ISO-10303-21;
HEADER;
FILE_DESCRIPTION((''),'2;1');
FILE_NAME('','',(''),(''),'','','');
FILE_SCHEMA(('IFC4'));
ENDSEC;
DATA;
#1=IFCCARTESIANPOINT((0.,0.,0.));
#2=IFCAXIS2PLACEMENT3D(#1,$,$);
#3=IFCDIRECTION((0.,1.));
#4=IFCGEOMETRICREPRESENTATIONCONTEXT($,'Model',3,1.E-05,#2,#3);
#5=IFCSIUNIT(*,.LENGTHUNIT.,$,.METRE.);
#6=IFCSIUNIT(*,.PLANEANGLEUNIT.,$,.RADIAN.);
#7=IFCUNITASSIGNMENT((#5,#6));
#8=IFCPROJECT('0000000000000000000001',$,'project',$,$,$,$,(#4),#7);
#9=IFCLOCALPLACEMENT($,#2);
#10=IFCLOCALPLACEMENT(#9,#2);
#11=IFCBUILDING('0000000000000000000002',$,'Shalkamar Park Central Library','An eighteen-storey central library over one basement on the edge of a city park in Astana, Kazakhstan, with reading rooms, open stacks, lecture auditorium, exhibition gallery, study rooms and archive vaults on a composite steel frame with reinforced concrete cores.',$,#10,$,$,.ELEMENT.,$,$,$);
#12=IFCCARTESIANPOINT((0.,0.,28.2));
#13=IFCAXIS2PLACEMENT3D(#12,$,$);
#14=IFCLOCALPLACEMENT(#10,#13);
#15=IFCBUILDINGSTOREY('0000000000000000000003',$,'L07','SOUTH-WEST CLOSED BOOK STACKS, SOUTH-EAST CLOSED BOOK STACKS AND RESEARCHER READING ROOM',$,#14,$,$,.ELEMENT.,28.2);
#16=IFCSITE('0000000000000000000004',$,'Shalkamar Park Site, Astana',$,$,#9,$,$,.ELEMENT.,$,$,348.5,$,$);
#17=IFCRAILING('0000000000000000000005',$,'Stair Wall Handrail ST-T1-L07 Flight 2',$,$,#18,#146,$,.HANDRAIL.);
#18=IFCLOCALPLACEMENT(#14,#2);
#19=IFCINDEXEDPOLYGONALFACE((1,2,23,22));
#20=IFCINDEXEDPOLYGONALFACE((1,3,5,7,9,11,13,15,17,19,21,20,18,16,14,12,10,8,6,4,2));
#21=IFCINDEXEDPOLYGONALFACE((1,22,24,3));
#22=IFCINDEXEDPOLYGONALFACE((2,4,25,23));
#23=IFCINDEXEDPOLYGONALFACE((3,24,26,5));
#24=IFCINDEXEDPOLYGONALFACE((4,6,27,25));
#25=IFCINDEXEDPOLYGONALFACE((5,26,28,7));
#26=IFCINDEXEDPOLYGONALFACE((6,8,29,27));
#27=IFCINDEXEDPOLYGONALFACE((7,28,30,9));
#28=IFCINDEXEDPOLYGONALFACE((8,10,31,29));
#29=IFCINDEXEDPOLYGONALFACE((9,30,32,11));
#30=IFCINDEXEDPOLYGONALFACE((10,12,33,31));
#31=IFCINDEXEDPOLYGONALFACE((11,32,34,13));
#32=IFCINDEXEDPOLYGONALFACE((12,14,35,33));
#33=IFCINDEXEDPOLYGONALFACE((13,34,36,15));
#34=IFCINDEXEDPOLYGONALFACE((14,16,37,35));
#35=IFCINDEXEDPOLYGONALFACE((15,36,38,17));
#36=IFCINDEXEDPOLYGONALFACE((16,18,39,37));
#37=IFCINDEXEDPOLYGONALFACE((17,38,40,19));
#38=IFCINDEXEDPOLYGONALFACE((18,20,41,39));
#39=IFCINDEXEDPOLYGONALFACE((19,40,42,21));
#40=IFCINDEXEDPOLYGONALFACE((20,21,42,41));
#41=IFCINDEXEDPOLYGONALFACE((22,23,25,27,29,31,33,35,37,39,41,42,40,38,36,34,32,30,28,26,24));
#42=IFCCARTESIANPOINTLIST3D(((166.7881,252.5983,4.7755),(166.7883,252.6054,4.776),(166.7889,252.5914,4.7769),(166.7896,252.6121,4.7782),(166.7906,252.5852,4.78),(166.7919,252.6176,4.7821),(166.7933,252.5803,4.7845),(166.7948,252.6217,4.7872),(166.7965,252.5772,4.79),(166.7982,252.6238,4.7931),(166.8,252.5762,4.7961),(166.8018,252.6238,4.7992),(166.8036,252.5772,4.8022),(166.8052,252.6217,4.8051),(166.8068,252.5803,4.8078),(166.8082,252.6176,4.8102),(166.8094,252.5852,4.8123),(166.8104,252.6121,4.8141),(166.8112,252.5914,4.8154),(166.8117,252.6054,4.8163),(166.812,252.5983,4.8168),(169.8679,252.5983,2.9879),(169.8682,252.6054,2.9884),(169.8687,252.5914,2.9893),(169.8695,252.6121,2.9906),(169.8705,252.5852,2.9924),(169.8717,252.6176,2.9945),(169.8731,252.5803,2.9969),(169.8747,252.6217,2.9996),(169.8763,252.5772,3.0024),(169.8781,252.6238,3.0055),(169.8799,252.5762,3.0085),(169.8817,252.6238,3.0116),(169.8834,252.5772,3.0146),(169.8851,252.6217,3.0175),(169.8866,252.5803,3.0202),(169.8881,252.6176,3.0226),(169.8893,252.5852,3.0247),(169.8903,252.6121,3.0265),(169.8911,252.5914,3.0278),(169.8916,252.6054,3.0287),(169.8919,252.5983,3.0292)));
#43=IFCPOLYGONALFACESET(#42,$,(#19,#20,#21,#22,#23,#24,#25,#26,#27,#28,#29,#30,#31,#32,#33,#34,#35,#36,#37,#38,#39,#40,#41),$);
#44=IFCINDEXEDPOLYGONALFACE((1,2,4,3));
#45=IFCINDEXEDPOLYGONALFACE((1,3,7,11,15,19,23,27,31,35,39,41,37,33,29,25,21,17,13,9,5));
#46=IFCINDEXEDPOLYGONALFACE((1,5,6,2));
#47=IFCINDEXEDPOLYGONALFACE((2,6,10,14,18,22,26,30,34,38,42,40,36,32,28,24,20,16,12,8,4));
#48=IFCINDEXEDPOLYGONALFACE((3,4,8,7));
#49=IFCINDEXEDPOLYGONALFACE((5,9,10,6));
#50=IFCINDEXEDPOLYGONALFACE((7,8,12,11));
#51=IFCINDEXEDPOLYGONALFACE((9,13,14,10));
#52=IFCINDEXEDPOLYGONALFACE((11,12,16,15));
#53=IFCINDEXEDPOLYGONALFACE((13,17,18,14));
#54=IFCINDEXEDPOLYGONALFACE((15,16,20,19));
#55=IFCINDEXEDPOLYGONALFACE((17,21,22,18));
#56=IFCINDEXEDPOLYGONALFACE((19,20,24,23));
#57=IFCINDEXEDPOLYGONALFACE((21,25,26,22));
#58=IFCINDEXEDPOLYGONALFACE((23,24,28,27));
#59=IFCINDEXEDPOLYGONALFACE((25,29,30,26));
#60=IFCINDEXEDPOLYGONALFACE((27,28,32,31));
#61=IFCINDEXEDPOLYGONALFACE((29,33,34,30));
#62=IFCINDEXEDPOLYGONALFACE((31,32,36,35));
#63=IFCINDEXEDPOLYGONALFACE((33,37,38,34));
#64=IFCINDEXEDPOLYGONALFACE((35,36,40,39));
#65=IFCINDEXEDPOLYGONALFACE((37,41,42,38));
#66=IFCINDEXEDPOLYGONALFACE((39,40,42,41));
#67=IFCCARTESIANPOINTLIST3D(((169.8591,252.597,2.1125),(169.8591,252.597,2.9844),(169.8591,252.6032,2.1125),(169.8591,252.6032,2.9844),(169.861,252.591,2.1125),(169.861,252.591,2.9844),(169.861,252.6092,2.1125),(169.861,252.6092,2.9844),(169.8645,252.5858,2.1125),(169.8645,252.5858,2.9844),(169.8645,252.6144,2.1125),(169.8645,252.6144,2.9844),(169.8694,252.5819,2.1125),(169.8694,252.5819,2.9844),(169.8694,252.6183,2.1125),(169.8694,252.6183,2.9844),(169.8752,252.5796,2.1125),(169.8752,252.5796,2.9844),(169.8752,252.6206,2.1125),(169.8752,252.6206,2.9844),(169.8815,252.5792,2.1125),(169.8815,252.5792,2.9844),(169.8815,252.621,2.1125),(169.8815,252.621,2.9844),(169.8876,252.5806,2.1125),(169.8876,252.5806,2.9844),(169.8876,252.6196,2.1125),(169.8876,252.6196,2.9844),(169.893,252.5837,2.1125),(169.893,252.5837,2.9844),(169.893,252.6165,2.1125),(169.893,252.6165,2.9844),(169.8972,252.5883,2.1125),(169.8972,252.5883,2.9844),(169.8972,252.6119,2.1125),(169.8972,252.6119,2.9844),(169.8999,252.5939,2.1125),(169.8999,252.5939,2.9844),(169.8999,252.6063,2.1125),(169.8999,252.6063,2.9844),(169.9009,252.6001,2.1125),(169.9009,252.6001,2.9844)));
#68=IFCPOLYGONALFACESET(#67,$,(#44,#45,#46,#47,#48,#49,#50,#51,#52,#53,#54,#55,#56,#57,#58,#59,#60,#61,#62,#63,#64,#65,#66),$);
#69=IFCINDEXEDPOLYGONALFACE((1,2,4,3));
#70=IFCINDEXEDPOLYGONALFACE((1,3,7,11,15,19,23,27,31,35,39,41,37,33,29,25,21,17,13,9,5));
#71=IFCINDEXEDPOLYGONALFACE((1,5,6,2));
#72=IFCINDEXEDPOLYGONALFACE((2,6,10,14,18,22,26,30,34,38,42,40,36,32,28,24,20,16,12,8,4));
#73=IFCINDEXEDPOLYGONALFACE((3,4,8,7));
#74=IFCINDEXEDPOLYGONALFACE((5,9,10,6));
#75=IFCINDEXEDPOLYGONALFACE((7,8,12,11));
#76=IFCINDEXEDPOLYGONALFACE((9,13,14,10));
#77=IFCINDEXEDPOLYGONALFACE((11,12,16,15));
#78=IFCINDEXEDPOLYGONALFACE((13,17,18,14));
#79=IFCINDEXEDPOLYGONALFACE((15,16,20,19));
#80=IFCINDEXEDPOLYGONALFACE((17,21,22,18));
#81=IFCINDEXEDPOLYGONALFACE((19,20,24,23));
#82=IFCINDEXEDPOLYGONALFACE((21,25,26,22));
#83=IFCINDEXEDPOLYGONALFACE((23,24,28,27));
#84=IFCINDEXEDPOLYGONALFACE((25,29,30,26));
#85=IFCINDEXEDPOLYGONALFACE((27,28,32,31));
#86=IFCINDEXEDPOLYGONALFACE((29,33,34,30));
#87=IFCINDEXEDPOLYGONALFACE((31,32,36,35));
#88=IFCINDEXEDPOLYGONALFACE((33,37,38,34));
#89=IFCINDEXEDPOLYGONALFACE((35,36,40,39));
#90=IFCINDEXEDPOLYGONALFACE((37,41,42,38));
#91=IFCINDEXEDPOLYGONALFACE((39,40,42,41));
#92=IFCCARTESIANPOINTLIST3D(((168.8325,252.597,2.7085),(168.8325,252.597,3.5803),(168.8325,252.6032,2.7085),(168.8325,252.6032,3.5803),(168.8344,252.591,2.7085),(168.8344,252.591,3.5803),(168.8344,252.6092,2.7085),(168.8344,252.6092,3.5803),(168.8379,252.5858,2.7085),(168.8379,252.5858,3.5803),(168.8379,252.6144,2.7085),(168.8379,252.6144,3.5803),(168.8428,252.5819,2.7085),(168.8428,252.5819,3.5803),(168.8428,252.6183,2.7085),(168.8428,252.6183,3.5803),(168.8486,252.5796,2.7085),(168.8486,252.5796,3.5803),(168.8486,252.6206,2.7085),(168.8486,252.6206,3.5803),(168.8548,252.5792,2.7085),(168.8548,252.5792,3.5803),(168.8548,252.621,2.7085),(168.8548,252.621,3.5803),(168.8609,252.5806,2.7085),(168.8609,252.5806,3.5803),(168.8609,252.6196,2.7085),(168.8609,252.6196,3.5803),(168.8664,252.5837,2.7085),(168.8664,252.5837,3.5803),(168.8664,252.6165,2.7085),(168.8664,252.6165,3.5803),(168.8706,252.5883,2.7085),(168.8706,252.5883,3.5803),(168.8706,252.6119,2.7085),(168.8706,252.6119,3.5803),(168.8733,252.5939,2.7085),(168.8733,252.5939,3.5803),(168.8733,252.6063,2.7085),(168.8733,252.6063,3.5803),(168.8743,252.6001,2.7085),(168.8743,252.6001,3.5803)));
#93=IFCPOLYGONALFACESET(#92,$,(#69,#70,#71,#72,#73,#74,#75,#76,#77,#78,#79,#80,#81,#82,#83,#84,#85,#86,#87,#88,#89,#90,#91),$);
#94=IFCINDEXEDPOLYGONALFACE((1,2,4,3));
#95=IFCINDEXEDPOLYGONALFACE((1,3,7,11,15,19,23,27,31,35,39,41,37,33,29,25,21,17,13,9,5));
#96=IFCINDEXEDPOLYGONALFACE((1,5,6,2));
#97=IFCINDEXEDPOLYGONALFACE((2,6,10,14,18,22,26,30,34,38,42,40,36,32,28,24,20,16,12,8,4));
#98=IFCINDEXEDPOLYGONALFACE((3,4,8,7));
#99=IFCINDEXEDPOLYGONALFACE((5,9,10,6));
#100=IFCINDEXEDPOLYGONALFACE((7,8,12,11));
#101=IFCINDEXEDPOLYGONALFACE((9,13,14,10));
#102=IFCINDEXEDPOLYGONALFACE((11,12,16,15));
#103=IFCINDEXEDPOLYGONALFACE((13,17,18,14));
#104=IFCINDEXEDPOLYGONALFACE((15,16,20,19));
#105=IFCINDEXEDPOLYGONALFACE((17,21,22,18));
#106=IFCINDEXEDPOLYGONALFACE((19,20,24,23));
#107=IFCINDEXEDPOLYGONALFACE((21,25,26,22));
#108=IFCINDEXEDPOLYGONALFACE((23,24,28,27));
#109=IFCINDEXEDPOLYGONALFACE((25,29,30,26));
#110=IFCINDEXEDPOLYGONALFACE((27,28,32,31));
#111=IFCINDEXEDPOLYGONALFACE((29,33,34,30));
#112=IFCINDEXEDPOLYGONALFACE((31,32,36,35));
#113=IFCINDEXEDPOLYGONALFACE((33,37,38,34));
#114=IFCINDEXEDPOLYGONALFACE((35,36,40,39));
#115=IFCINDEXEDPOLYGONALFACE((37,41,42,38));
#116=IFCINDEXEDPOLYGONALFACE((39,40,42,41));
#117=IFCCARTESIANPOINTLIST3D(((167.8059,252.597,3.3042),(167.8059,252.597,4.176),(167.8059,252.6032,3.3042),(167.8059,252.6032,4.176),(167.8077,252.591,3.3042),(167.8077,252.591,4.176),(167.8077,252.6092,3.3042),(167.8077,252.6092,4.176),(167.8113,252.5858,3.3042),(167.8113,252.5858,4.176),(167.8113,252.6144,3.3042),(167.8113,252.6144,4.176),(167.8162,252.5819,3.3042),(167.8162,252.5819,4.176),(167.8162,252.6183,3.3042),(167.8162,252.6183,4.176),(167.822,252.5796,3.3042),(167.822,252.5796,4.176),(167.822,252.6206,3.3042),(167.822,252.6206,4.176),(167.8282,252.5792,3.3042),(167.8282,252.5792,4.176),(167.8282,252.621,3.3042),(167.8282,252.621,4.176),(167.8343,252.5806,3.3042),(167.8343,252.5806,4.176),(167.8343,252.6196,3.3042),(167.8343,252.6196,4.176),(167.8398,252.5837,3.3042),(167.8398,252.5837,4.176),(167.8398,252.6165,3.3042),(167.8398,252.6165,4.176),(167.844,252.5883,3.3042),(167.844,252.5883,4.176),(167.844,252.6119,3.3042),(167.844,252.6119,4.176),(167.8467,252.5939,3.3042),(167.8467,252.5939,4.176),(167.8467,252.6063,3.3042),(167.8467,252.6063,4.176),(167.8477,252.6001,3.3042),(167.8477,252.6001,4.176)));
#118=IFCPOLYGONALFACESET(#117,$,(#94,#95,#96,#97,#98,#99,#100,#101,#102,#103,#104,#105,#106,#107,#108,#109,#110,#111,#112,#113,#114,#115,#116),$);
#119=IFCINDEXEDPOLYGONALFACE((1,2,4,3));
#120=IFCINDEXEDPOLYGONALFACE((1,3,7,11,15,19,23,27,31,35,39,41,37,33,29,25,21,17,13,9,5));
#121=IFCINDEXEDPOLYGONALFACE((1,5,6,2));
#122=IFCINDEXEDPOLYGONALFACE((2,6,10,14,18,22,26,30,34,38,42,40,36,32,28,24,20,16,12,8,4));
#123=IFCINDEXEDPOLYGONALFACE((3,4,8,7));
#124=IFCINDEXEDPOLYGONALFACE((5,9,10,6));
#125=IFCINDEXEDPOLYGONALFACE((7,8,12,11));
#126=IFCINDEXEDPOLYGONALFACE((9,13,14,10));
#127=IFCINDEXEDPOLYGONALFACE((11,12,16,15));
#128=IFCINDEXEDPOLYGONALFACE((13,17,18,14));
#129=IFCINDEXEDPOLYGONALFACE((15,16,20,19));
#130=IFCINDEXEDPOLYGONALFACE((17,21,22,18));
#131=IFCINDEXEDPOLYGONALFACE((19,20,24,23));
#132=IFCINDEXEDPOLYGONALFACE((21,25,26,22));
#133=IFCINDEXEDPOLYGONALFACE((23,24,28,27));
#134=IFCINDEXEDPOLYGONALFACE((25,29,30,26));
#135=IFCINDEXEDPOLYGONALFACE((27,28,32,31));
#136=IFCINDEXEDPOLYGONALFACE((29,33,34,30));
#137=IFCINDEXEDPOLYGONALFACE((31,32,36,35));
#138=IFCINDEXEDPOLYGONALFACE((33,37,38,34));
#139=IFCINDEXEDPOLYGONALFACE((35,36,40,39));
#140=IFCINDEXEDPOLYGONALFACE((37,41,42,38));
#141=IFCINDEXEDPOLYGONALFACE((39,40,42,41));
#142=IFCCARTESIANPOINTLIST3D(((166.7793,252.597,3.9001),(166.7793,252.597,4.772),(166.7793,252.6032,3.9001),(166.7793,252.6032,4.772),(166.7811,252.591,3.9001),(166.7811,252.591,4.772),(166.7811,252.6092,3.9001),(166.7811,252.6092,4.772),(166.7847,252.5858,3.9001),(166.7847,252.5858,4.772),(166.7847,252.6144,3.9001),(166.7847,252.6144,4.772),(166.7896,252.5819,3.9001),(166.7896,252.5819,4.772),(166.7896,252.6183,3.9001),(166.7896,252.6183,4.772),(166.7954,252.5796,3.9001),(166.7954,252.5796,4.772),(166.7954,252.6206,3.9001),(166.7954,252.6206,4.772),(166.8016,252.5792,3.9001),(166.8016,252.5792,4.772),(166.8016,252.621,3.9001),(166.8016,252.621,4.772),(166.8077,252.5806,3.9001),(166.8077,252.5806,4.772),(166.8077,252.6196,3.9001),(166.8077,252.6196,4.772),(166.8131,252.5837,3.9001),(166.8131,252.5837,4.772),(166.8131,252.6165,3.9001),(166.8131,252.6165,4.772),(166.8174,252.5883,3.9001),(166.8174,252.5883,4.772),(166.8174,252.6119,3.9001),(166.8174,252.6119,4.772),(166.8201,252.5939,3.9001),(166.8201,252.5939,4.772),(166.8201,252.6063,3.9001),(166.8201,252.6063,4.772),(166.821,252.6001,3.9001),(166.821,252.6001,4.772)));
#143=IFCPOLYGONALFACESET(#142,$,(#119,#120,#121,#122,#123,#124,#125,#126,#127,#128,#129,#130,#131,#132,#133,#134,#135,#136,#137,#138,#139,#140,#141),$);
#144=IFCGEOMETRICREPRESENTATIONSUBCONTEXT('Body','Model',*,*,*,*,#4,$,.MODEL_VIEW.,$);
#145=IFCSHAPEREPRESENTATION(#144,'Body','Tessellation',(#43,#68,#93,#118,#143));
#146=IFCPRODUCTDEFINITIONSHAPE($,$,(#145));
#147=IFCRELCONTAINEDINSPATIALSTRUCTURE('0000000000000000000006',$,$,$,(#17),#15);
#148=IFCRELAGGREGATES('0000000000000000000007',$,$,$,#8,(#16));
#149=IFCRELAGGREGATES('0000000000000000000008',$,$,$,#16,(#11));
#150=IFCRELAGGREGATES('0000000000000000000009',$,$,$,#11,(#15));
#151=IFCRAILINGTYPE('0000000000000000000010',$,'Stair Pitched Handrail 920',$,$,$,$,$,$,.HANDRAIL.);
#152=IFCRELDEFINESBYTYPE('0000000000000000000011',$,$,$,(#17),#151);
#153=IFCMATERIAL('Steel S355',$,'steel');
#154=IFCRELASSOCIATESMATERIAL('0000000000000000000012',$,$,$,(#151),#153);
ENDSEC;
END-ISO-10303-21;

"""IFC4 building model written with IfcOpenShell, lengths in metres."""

from ifc_helpers import new_model, si_unit, direction, frame, origin, origin_2d, place, context, subcontext, project, spatial, circle, extrude, material, type_object, element, save


model = new_model("IFC4")

# Units and contexts
model_context = context("Model", 3, precision=1e-05, world=origin(), true_north=direction((0.0, 1.0)))
body_context = subcontext(model_context, "Body", "Model", "MODEL_VIEW")
ifc_project = project(units=[si_unit("LENGTHUNIT", "METRE"), si_unit("PLANEANGLEUNIT", "RADIAN")], contexts=[model_context])

# Site, building, storey
site_placement = place(None, origin())
site = spatial("IfcSite", under=ifc_project, at=site_placement, Name="Shalkamar Park Site, Astana", CompositionType="ELEMENT", RefElevation=348.5)
building_placement = place(site_placement, origin())
building = spatial("IfcBuilding", under=site, at=building_placement, Name="Shalkamar Park Central Library", Description="An eighteen-storey central library over one basement on the edge of a city park in Astana, Kazakhstan, with reading rooms, open stacks, lecture auditorium, exhibition gallery, study rooms and archive vaults on a composite steel frame with reinforced concrete cores.", CompositionType="ELEMENT")
storey_placement = place(building_placement, frame((0.0, 0.0, 28.2)))
storey = spatial("IfcBuildingStorey", under=building, at=storey_placement, Name="L07", Description="SOUTH-WEST CLOSED BOOK STACKS, SOUTH-EAST CLOSED BOOK STACKS AND RESEARCHER READING ROOM", CompositionType="ELEMENT", Elevation=28.2)

# Shared definitions
ifc_material_1 = material(Name="Steel S355", Category="steel")

# Railing
railing_type_1 = type_object("IfcRailingType", Name="Stair Pitched Handrail 920", PredefinedType="HANDRAIL", material=ifc_material_1)
railing_1_placement = place(storey_placement, frame((169.8799, 252.6001, 2.1125)))
element("IfcRailing", 1, at=railing_1_placement, inside=storey, type_object=railing_type_1, Name="Stair Wall Handrail ST-T1-L07 Flight 2", PredefinedType="HANDRAIL", context=body_context, shape_type="SweptSolid", body=[
    extrude(circle(Radius=0.0239, at=origin_2d()), frame((0.0, 0.0, 0.896), z_axis=(-0.864873, 0.0, 0.50199), x_axis=(0.0, -1.0, 0.0)), (0.0, 0.0, 1.0), 3.561),
    extrude(circle(Radius=0.021, at=origin_2d()), origin(), (0.0, 0.0, 1.0), 0.8718),
    extrude(circle(Radius=0.021, at=origin_2d()), frame((-1.0266, 0.0, 0.5959)), (0.0, 0.0, 1.0), 0.8718),
    extrude(circle(Radius=0.021, at=origin_2d()), frame((-2.0532, 0.0, 1.1917)), (0.0, 0.0, 1.0), 0.8718),
    extrude(circle(Radius=0.021, at=origin_2d()), frame((-3.0798, 0.0, 1.7876)), (0.0, 0.0, 1.0), 0.8718),
])

save(model, "model.ifc")
